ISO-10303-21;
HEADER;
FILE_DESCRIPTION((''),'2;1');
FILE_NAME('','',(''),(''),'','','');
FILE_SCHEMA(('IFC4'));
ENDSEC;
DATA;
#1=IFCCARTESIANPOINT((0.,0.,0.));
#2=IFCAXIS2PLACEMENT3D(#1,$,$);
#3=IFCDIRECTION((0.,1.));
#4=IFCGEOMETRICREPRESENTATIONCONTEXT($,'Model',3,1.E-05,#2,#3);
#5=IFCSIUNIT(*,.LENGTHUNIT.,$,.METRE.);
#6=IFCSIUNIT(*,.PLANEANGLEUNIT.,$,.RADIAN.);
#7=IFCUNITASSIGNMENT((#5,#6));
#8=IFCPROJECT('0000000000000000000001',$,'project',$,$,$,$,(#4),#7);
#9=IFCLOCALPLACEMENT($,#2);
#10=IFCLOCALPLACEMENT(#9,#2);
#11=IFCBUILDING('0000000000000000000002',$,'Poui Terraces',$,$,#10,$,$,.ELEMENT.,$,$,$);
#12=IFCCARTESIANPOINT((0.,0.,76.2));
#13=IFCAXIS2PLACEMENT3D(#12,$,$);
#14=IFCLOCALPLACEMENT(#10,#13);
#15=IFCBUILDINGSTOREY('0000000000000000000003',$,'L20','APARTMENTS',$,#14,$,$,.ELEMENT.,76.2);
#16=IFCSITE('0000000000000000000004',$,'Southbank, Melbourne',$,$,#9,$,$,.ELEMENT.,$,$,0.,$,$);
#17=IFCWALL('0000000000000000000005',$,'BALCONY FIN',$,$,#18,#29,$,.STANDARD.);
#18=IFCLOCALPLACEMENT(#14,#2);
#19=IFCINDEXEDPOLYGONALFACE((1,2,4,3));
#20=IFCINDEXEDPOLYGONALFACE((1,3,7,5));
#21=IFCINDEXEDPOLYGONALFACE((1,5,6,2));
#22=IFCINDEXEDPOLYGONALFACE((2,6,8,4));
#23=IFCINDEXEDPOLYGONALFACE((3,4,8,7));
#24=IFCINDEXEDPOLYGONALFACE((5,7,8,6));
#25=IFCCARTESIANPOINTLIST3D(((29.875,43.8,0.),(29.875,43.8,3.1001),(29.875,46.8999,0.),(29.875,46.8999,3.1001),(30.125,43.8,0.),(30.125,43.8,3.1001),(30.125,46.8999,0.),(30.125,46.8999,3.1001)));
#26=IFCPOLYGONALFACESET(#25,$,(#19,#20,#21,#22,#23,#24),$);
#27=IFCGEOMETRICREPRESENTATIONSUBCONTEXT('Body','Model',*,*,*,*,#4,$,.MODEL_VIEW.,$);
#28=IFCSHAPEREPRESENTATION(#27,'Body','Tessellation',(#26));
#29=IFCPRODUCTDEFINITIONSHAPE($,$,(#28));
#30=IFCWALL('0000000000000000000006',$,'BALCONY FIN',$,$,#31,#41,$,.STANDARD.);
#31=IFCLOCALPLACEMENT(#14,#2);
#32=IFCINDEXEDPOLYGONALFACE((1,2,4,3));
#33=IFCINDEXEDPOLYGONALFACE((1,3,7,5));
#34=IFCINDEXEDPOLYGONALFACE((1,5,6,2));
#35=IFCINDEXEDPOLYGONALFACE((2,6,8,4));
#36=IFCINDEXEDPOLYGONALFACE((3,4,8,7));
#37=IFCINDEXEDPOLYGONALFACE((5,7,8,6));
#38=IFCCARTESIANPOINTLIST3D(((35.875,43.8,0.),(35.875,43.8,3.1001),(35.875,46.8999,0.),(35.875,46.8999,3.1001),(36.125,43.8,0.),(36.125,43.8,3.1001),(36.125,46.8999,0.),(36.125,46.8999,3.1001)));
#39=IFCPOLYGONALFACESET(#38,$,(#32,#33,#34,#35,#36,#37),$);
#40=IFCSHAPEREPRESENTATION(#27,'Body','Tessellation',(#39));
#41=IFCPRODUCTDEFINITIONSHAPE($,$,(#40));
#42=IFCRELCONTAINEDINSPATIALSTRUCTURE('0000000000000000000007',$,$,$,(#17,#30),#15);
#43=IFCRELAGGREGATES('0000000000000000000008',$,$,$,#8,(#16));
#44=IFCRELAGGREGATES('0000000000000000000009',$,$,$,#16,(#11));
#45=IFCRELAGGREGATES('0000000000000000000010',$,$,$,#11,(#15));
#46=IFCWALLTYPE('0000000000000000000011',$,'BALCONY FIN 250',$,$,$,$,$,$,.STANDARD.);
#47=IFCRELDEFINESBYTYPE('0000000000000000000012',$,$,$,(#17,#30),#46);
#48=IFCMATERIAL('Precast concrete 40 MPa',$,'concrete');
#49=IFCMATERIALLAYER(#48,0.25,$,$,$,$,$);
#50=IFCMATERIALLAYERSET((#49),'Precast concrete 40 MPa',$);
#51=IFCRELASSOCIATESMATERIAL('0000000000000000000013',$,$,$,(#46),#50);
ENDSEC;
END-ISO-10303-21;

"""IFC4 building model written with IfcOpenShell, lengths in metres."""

from ifc_helpers import new_model, si_unit, direction, frame, origin, place, context, subcontext, project, spatial, polyline, outline, extrude, source, transform, mapped, material, layer, layer_set, type_object, element, save


model = new_model("IFC4")

# Units and contexts
model_context = context("Model", 3, precision=1e-05, world=origin(), true_north=direction((0.0, 1.0)))
body_context = subcontext(model_context, "Body", "Model", "MODEL_VIEW")
ifc_project = project(units=[si_unit("LENGTHUNIT", "METRE"), si_unit("PLANEANGLEUNIT", "RADIAN")], contexts=[model_context])

# Site, building, storey
site_placement = place(None, origin())
site = spatial("IfcSite", under=ifc_project, at=site_placement, Name="Southbank, Melbourne", CompositionType="ELEMENT", RefElevation=0.0)
building_placement = place(site_placement, origin())
building = spatial("IfcBuilding", under=site, at=building_placement, Name="Poui Terraces", CompositionType="ELEMENT")
storey_placement = place(building_placement, frame((0.0, 0.0, 76.2)))
storey = spatial("IfcBuildingStorey", under=building, at=storey_placement, Name="L20", Description="APARTMENTS", CompositionType="ELEMENT", Elevation=76.2)

# Walls
ifc_material_1 = material(Name="Precast concrete 40 MPa", Category="concrete")
ifc_layer_1 = layer(ifc_material_1, 0.25)
ifc_layer_set_1 = layer_set([ifc_layer_1], Name="Precast concrete 40 MPa")
wall_type_1 = type_object("IfcWallType", Name="BALCONY FIN 250", PredefinedType="STANDARD", material=ifc_layer_set_1)
shared_shape_1 = source(origin(), body_context, "Body", "SweptSolid", [
    extrude(outline(polyline([(0.0, 0.0), (0.25, 0.0), (0.25, 3.0999), (0.0, 3.0999), (0.0, 0.0)])), origin(), (0.0, 0.0, 1.0), 3.1001),
])
for number, where, name in (
    (1, (29.875, 43.8, 0.0), "BALCONY FIN"),
    (2, (35.875, 43.8, 0.0), "BALCONY FIN"),
):
    element("IfcWall", number, at=place(storey_placement, frame(where)), inside=storey, type_object=wall_type_1, Name=name, PredefinedType="STANDARD", context=body_context, shape_type="MappedRepresentation", body=[
        mapped(shared_shape_1, transform((0.0, 0.0, 0.0))),
    ])

save(model, "model.ifc")
